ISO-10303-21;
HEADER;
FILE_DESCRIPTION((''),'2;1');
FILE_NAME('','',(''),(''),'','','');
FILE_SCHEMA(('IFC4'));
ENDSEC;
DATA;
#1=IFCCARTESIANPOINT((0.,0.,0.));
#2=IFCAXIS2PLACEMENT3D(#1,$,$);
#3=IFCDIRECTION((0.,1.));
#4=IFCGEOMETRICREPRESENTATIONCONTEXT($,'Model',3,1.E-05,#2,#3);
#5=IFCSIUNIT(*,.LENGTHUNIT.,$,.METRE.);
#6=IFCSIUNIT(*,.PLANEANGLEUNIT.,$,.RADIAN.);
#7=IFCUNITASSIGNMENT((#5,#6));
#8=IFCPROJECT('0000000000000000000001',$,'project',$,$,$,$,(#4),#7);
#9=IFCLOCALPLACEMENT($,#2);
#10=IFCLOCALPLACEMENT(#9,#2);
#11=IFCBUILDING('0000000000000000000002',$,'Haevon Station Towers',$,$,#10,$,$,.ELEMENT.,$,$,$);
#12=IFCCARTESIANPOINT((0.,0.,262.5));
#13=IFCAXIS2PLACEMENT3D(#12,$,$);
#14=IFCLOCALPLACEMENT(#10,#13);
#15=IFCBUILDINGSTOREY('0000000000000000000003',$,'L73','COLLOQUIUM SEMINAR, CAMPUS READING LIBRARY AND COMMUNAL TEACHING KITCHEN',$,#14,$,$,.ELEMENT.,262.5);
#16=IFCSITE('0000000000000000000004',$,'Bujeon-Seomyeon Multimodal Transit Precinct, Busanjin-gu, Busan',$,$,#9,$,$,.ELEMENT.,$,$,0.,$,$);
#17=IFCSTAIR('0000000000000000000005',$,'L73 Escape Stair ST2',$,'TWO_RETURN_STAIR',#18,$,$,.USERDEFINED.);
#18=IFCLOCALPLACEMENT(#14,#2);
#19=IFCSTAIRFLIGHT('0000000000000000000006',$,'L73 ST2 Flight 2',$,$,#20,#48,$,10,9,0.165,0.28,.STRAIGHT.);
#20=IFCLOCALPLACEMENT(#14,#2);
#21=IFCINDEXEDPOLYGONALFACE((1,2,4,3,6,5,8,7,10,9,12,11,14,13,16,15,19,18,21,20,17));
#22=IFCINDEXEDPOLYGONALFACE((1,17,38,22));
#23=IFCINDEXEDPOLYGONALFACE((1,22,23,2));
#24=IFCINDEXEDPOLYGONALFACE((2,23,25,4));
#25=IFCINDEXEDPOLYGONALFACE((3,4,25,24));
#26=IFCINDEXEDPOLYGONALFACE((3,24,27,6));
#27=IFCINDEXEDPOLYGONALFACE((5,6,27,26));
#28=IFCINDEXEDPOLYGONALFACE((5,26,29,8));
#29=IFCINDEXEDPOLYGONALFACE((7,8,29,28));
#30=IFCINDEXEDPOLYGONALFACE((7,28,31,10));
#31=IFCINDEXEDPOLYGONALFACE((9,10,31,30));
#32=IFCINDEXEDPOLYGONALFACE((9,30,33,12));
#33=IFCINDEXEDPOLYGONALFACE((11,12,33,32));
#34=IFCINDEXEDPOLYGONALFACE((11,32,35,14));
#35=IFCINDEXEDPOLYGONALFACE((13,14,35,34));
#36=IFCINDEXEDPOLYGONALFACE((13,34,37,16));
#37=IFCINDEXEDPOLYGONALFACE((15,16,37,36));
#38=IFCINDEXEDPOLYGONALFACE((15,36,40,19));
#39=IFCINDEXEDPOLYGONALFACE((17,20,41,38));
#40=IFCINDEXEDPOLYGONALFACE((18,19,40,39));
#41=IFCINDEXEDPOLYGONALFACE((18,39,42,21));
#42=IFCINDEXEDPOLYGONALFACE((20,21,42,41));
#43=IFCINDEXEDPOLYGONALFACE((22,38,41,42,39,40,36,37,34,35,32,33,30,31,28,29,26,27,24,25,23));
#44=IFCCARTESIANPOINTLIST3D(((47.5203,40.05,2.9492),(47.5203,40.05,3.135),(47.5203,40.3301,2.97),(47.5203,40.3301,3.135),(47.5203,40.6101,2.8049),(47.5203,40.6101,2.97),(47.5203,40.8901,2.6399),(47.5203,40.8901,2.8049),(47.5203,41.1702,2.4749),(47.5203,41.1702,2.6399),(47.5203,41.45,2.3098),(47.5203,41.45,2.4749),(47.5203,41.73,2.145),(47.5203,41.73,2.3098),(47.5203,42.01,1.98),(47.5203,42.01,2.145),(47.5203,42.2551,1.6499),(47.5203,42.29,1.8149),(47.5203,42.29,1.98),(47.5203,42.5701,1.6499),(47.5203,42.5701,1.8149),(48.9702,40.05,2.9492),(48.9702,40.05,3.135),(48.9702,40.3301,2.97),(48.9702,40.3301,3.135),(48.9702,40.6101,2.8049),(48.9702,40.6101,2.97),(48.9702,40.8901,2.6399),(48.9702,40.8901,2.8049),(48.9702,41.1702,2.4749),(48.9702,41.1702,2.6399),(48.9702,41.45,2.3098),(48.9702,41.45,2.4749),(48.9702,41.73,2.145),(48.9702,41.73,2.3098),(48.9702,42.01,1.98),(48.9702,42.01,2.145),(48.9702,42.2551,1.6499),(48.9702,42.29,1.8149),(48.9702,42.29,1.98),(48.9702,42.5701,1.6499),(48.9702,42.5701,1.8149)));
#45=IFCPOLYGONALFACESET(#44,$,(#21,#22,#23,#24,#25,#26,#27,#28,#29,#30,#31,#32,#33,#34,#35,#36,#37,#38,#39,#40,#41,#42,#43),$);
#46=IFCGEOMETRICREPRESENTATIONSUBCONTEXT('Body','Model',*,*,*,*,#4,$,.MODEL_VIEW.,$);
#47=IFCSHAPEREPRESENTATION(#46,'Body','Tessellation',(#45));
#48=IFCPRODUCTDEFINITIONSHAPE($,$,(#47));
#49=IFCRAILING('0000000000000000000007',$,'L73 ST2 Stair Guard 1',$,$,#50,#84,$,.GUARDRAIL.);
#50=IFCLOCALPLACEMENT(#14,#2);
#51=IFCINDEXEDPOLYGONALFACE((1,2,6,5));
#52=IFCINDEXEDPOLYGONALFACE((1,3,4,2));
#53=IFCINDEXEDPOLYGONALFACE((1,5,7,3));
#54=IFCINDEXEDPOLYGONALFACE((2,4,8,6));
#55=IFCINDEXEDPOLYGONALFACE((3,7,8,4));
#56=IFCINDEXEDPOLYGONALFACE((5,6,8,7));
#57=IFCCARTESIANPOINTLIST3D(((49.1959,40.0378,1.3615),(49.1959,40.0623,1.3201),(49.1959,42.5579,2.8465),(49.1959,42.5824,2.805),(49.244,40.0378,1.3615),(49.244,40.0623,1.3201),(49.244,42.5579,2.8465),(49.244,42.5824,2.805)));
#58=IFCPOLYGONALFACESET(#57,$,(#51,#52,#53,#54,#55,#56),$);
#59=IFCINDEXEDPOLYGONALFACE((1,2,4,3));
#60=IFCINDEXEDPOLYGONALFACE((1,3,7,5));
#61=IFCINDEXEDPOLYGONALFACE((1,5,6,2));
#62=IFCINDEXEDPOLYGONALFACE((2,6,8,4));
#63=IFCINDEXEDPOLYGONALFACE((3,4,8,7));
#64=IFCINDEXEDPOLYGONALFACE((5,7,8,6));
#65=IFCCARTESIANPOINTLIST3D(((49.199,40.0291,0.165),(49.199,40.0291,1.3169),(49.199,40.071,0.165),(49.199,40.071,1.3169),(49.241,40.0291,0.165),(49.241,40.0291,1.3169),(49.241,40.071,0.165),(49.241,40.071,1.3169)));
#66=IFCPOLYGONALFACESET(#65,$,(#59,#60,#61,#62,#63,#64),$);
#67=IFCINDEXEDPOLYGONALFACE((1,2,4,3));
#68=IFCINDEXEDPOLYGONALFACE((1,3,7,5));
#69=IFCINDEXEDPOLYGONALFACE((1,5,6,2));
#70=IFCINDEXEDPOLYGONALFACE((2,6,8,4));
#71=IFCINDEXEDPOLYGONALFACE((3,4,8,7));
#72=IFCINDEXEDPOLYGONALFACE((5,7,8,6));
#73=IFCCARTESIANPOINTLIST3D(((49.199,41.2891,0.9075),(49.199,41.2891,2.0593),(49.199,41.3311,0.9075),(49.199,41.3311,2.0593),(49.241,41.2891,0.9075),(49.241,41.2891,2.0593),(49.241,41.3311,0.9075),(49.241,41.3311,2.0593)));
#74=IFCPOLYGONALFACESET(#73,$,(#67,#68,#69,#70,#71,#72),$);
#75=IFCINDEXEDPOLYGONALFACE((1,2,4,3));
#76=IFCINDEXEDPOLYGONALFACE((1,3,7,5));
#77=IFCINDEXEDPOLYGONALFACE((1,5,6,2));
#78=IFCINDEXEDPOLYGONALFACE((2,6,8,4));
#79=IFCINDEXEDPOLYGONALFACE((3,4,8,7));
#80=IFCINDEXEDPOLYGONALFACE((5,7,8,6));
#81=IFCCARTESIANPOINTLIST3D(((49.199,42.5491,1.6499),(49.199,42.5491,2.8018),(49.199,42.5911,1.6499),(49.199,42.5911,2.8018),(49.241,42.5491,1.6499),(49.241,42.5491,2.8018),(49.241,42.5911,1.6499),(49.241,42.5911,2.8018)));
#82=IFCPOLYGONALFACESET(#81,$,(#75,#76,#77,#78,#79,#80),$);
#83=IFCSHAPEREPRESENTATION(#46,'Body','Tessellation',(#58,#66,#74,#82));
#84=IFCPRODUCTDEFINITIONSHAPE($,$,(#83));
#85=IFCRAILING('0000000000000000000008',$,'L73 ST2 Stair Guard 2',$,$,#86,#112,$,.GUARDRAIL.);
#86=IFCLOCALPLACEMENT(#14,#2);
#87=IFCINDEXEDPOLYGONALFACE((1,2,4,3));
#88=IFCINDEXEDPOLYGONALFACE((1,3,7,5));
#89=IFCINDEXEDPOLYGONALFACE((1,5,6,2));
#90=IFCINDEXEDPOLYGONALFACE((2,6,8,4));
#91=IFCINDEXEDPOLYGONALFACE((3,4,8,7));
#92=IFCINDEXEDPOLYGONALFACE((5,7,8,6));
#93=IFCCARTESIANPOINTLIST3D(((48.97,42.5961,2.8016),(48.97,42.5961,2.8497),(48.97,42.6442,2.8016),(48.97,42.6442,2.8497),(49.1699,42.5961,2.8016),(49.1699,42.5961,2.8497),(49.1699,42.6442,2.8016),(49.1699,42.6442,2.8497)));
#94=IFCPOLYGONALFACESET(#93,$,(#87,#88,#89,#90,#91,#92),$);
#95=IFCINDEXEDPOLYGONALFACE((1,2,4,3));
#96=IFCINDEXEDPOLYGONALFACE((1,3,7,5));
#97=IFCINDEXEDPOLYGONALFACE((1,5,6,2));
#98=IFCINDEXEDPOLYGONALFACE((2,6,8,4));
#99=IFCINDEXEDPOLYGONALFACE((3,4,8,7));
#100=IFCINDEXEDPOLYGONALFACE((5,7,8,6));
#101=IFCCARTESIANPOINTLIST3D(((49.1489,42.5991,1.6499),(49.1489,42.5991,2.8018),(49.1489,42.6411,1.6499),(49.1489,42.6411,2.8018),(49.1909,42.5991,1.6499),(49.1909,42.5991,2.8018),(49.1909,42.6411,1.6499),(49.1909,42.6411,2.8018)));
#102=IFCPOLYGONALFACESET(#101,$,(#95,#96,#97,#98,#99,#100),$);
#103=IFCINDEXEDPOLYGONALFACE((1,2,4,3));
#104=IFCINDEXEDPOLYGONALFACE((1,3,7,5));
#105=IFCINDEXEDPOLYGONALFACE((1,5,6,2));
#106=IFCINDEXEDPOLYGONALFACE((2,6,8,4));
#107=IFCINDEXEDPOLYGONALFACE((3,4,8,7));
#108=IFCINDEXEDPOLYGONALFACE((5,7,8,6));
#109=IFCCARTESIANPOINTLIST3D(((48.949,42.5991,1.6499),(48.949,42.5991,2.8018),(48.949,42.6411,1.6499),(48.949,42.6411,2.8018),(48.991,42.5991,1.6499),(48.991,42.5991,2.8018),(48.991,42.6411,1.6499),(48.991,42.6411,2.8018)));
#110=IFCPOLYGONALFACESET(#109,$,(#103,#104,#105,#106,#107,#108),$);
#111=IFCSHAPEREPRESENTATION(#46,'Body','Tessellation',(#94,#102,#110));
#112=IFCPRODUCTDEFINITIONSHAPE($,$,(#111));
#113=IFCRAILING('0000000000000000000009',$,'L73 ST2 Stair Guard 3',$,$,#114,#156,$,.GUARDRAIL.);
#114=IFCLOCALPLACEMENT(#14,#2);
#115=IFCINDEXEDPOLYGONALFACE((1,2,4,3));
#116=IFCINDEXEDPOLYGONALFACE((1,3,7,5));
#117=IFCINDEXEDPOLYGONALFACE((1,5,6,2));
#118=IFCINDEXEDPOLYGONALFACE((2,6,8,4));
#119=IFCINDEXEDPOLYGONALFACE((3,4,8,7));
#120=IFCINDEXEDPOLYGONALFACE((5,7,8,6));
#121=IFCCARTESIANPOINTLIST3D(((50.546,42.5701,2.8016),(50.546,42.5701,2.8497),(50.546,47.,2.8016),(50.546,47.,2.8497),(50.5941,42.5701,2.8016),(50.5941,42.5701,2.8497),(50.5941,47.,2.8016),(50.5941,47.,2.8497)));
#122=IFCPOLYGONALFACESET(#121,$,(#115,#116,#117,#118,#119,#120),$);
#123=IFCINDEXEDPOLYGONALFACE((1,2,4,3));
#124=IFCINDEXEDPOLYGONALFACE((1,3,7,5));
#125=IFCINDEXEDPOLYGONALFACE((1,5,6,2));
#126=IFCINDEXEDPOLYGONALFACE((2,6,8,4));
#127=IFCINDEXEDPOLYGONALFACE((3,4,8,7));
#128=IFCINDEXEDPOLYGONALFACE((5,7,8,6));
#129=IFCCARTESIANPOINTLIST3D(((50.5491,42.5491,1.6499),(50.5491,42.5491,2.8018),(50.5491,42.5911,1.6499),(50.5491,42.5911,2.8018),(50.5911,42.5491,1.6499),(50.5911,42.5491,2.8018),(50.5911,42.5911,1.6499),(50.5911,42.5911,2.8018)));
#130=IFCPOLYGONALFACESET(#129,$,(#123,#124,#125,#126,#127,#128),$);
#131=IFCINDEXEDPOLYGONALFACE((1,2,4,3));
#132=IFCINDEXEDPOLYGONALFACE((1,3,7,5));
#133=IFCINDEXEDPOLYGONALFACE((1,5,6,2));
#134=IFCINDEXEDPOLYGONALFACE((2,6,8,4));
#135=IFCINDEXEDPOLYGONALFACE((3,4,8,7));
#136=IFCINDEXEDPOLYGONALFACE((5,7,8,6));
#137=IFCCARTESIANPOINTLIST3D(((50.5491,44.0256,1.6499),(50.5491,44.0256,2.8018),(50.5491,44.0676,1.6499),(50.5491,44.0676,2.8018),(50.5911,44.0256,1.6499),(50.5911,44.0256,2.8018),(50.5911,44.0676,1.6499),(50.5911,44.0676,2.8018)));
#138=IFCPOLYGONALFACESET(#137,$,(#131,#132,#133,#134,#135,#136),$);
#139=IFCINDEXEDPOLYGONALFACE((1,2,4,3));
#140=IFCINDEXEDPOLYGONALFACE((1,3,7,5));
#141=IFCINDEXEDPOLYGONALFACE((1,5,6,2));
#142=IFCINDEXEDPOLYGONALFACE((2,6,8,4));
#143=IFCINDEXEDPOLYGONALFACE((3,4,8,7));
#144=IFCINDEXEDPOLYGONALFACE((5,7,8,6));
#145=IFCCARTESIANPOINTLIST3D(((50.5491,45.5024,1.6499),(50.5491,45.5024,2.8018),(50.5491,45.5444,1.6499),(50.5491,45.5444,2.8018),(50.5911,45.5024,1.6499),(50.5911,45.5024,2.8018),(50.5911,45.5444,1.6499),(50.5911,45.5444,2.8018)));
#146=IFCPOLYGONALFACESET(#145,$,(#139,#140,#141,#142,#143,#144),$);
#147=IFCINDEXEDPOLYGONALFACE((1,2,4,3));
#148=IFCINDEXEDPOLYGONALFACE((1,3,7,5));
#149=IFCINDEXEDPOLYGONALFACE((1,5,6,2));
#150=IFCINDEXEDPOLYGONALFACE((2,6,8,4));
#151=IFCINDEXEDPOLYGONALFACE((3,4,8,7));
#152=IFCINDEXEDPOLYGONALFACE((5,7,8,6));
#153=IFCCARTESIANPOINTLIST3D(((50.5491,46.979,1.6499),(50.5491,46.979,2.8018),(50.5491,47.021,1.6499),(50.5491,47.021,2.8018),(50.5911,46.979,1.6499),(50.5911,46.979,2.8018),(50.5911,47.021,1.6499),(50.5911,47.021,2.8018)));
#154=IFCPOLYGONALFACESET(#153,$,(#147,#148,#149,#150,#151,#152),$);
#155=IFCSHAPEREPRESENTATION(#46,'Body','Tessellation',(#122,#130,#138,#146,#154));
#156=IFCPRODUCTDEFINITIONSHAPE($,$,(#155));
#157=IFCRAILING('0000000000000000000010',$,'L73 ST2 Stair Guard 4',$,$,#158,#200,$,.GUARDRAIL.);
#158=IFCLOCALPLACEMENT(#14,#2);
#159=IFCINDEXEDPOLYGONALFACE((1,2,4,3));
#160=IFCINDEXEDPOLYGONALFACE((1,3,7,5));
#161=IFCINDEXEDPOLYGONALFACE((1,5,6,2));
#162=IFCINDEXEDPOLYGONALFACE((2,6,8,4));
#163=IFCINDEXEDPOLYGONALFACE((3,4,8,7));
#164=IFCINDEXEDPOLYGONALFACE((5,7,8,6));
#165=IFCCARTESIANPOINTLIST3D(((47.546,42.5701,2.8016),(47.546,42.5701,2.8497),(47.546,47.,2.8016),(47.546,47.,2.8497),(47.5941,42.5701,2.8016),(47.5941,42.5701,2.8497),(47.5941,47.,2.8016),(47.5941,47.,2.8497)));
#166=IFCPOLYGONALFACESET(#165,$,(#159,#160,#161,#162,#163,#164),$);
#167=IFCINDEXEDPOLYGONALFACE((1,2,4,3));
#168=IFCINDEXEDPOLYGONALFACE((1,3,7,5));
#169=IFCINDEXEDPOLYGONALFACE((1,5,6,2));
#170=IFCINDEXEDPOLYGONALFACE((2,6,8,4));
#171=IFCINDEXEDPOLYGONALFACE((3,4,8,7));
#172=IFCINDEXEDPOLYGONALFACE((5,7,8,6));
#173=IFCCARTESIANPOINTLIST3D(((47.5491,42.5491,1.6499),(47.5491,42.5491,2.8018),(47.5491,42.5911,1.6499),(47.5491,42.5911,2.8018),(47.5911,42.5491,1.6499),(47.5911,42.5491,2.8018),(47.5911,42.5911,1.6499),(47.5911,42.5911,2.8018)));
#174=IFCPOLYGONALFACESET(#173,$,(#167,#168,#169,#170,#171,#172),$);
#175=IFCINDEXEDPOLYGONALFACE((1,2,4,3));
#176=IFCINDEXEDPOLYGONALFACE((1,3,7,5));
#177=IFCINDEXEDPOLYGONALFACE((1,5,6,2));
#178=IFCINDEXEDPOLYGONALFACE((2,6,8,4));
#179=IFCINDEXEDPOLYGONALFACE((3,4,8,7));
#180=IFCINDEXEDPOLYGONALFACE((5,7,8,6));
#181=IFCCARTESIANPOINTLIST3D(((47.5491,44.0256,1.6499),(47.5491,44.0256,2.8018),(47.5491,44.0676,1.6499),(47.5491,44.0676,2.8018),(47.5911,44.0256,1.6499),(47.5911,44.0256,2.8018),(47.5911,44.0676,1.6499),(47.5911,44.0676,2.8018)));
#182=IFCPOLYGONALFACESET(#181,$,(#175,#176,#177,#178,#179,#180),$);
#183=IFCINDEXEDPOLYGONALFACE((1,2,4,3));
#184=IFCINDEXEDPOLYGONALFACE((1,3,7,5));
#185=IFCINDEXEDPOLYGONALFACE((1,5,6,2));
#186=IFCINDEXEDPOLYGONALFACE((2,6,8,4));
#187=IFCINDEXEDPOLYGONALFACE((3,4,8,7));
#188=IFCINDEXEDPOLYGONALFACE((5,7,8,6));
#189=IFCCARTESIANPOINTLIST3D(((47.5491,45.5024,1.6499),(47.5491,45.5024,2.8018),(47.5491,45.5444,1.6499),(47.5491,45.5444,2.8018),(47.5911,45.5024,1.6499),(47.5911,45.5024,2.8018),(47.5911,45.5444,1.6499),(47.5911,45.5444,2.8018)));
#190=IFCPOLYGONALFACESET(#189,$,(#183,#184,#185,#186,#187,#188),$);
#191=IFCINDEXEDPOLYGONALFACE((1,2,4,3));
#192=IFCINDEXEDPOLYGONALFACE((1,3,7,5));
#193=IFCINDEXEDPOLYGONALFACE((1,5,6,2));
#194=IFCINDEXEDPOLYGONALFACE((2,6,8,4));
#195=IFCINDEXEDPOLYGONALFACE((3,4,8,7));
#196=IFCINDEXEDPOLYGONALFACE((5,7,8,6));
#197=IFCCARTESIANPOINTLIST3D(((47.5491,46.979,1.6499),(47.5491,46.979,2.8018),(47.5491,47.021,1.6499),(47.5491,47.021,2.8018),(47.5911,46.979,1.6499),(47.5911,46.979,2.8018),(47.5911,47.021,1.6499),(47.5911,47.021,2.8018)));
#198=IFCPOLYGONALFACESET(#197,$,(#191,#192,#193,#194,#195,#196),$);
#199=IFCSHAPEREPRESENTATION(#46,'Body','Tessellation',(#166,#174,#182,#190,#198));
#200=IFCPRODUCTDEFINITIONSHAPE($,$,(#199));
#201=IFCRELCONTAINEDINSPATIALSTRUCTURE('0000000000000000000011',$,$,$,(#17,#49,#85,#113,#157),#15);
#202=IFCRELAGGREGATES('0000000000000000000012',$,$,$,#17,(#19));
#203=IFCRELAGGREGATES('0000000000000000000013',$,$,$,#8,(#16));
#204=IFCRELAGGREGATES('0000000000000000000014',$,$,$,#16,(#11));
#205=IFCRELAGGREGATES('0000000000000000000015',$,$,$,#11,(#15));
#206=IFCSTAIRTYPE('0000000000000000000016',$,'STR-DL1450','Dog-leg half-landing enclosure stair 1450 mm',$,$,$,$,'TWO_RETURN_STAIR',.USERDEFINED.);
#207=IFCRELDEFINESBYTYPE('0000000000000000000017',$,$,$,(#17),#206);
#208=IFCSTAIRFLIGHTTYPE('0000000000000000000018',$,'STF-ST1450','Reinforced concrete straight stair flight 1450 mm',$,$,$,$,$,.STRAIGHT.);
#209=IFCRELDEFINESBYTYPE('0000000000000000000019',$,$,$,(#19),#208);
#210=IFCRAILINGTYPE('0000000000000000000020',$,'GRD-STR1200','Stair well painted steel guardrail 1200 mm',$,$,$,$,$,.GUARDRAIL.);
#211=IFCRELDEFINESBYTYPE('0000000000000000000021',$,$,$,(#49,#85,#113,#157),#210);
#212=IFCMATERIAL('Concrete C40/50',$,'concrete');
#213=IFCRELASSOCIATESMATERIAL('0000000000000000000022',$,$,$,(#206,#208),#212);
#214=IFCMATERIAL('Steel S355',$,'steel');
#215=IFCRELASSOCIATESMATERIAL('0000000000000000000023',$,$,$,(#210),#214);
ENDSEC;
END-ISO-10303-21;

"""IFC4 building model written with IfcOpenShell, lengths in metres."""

from ifc_helpers import new_model, si_unit, direction, frame, origin, origin_2d, place, context, subcontext, project, spatial, polyline, rectangle, outline, extrude, material, type_object, element, aggregate, save


model = new_model("IFC4")

# Units and contexts
model_context = context("Model", 3, precision=1e-05, world=origin(), true_north=direction((0.0, 1.0)))
body_context = subcontext(model_context, "Body", "Model", "MODEL_VIEW")
ifc_project = project(units=[si_unit("LENGTHUNIT", "METRE"), si_unit("PLANEANGLEUNIT", "RADIAN")], contexts=[model_context])

# Site, building, storey
site_placement = place(None, origin())
site = spatial("IfcSite", under=ifc_project, at=site_placement, Name="Bujeon-Seomyeon Multimodal Transit Precinct, Busanjin-gu, Busan", CompositionType="ELEMENT", RefElevation=0.0)
building_placement = place(site_placement, origin())
building = spatial("IfcBuilding", under=site, at=building_placement, Name="Haevon Station Towers", CompositionType="ELEMENT")
storey_placement = place(building_placement, frame((0.0, 0.0, 262.5)))
storey = spatial("IfcBuildingStorey", under=building, at=storey_placement, Name="L73", Description="COLLOQUIUM SEMINAR, CAMPUS READING LIBRARY AND COMMUNAL TEACHING KITCHEN", CompositionType="ELEMENT", Elevation=262.5)

# Shared definitions
ifc_material_1 = material(Name="Steel S355", Category="steel")

# Stair, stair flight
ifc_material_2 = material(Name="Concrete C40/50", Category="concrete")
stair_type = type_object("IfcStairType", Name="STR-DL1450", Description="Dog-leg half-landing enclosure stair 1450 mm", ElementType="TWO_RETURN_STAIR", PredefinedType="USERDEFINED", material=ifc_material_2)
stair_placement = place(storey_placement, origin())
stair = element("IfcStair", 1, at=stair_placement, inside=storey, type_object=stair_type, Name="L73 Escape Stair ST2", ObjectType="TWO_RETURN_STAIR", PredefinedType="USERDEFINED")
stair_flight_type = type_object("IfcStairFlightType", Name="STF-ST1450", Description="Reinforced concrete straight stair flight 1450 mm", PredefinedType="STRAIGHT", material=ifc_material_2)
stair_flight_1_placement = place(storey_placement, frame((48.2451, 42.5701, 1.6499), z_axis=(0.0, 0.0, 1.0), x_axis=(0.0, -1.0, 0.0)))
stair_flight_1 = element("IfcStairFlight", 2, at=stair_flight_1_placement, type_object=stair_flight_type, Name="L73 ST2 Flight 2", NumberOfRisers=10, NumberOfTreads=9, PredefinedType="STRAIGHT", RiserHeight=0.165, TreadLength=0.28, context=body_context, shape_type="SweptSolid", body=[
    extrude(outline(polyline([(0.0, 0.0), (0.0, 0.165), (0.28, 0.165), (0.28, 0.3301), (0.5601, 0.3301), (0.5601, 0.4951), (0.8401, 0.4951), (0.8401, 0.6599), (1.1201, 0.6599), (1.1201, 0.825), (1.3999, 0.825), (1.3999, 0.99), (1.6799, 0.99), (1.6799, 1.155), (1.96, 1.155), (1.96, 1.3201), (2.24, 1.3201), (2.24, 1.4851), (2.52, 1.4851), (2.52, 1.6499), (2.52, 1.2993), (0.3149, 0.0), (0.0, 0.0)])), frame((0.0, 0.7251, 0.0), z_axis=(0.0, -1.0, 0.0), x_axis=(1.0, 0.0, 0.0)), (0.0, 0.0, 1.0), 1.45),
])
aggregate(stair, [stair_flight_1])

# Railings
railing_type_1 = type_object("IfcRailingType", Name="GRD-STR1200", Description="Stair well painted steel guardrail 1200 mm", PredefinedType="GUARDRAIL", material=ifc_material_1)
railing_1_placement = place(storey_placement, frame((49.22, 40.05, 0.165)))
element("IfcRailing", 3, at=railing_1_placement, inside=storey, type_object=railing_type_1, Name="L73 ST2 Stair Guard 1", PredefinedType="GUARDRAIL", context=body_context, shape_type="SweptSolid", body=[
    extrude(rectangle(XDim=0.0481, YDim=0.0481, at=origin_2d()), frame((0.0, 0.0, 1.1758), z_axis=(0.0, 0.861561, 0.507655), x_axis=(-1.0, 0.0, 0.0)), (0.0, 0.0, 1.0), 2.925),
    extrude(rectangle(XDim=0.042, YDim=0.042, at=origin_2d()), origin(), (0.0, 0.0, 1.0), 1.1519),
    extrude(rectangle(XDim=0.042, YDim=0.042, at=origin_2d()), frame((0.0, 1.26, 0.7424)), (0.0, 0.0, 1.0), 1.1519),
    extrude(rectangle(XDim=0.042, YDim=0.042, at=origin_2d()), frame((0.0, 2.52, 1.4849)), (0.0, 0.0, 1.0), 1.1519),
])
railing_2_placement = place(storey_placement, frame((49.1699, 42.6201, 1.6499)))
element("IfcRailing", 4, at=railing_2_placement, inside=storey, type_object=railing_type_1, Name="L73 ST2 Stair Guard 2", PredefinedType="GUARDRAIL", context=body_context, shape_type="SweptSolid", body=[
    extrude(rectangle(XDim=0.0481, YDim=0.0481, at=origin_2d()), frame((0.0, 0.0, 1.1758), z_axis=(-1.0, 0.0, 0.0), x_axis=(0.0, -1.0, 0.0)), (0.0, 0.0, 1.0), 0.2),
    extrude(rectangle(XDim=0.042, YDim=0.042, at=origin_2d()), origin(), (0.0, 0.0, 1.0), 1.1519),
    extrude(rectangle(XDim=0.042, YDim=0.042, at=origin_2d()), frame((-0.2, 0.0, 0.0)), (0.0, 0.0, 1.0), 1.1519),
])
for number, where, name in (
    (5, (50.5701, 42.5701, 1.6499), "L73 ST2 Stair Guard 3"),
    (6, (47.5701, 42.5701, 1.6499), "L73 ST2 Stair Guard 4"),
):
    element("IfcRailing", number, at=place(storey_placement, frame(where)), inside=storey, type_object=railing_type_1, Name=name, PredefinedType="GUARDRAIL", context=body_context, shape_type="SweptSolid", body=[
        extrude(rectangle(XDim=0.0481, YDim=0.0481, at=origin_2d()), frame((0.0, 0.0, 1.1758), z_axis=(0.0, 1.0, 0.0), x_axis=(-1.0, 0.0, 0.0)), (0.0, 0.0, 1.0), 4.4299),
        extrude(rectangle(XDim=0.042, YDim=0.042, at=origin_2d()), origin(), (0.0, 0.0, 1.0), 1.1519),
        extrude(rectangle(XDim=0.042, YDim=0.042, at=origin_2d()), frame((0.0, 1.4766, 0.0)), (0.0, 0.0, 1.0), 1.1519),
        extrude(rectangle(XDim=0.042, YDim=0.042, at=origin_2d()), frame((0.0, 2.9534, 0.0)), (0.0, 0.0, 1.0), 1.1519),
        extrude(rectangle(XDim=0.042, YDim=0.042, at=origin_2d()), frame((0.0, 4.4299, 0.0)), (0.0, 0.0, 1.0), 1.1519),
    ])

save(model, "model.ifc")
